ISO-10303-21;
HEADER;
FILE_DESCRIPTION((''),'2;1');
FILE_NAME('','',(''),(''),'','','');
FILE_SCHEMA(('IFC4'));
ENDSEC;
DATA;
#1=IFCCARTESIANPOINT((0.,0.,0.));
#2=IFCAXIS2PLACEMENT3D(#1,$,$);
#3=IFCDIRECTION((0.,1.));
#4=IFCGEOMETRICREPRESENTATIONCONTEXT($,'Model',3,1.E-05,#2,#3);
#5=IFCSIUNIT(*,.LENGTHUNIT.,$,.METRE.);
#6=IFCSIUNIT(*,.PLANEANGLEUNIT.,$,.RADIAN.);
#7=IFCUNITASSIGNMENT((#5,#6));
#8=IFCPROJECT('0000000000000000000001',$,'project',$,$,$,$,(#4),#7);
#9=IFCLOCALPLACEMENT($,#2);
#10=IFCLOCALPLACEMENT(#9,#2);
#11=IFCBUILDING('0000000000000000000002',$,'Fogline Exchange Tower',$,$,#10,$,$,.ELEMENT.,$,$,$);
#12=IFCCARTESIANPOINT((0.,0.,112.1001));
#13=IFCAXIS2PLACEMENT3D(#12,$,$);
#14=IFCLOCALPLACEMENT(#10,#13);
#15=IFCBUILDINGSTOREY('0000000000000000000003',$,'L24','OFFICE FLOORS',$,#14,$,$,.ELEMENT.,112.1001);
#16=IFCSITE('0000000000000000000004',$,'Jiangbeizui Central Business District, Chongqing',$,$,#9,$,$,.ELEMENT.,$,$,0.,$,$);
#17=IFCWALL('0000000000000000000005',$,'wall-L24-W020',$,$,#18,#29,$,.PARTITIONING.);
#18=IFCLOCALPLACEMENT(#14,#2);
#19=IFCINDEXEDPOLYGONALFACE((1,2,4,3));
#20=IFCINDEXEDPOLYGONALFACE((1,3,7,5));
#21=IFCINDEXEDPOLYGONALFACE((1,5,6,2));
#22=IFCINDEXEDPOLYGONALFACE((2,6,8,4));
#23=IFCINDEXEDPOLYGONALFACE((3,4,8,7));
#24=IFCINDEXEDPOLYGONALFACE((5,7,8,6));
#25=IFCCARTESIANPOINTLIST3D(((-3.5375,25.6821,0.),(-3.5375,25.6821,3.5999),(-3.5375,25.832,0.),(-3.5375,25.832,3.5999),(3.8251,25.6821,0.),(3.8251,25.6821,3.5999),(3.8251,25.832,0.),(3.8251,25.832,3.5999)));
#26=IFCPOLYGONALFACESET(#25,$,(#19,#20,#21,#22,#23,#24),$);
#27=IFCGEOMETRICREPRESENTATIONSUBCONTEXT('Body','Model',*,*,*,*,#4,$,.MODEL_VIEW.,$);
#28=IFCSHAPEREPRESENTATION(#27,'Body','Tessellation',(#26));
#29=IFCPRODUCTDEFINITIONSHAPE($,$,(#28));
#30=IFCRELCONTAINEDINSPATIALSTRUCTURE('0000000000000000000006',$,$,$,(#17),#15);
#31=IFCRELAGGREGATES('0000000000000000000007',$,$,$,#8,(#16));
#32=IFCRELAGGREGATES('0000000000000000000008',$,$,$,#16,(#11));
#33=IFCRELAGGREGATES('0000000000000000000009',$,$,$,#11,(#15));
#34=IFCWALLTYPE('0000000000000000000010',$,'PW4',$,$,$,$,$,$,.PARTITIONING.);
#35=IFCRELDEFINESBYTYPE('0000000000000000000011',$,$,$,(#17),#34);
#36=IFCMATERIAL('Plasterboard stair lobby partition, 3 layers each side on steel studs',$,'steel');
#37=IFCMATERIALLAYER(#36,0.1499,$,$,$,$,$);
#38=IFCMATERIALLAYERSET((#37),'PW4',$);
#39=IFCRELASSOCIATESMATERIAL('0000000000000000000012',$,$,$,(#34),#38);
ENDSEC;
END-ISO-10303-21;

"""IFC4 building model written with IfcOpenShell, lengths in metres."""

from ifc_helpers import new_model, si_unit, direction, frame, frame_2d, origin, place, context, subcontext, project, spatial, rectangle, extrude, material, layer, layer_set, type_object, element, save


model = new_model("IFC4")

# Units and contexts
model_context = context("Model", 3, precision=1e-05, world=origin(), true_north=direction((0.0, 1.0)))
body_context = subcontext(model_context, "Body", "Model", "MODEL_VIEW")
ifc_project = project(units=[si_unit("LENGTHUNIT", "METRE"), si_unit("PLANEANGLEUNIT", "RADIAN")], contexts=[model_context])

# Site, building, storey
site_placement = place(None, origin())
site = spatial("IfcSite", under=ifc_project, at=site_placement, Name="Jiangbeizui Central Business District, Chongqing", CompositionType="ELEMENT", RefElevation=0.0)
building_placement = place(site_placement, origin())
building = spatial("IfcBuilding", under=site, at=building_placement, Name="Fogline Exchange Tower", CompositionType="ELEMENT")
storey_placement = place(building_placement, frame((0.0, 0.0, 112.1001)))
storey = spatial("IfcBuildingStorey", under=building, at=storey_placement, Name="L24", Description="OFFICE FLOORS", CompositionType="ELEMENT", Elevation=112.1001)

# Wall
ifc_material_1 = material(Name="Plasterboard stair lobby partition, 3 layers each side on steel studs", Category="steel")
ifc_layer_1 = layer(ifc_material_1, 0.1499)
ifc_layer_set_1 = layer_set([ifc_layer_1], Name="PW4")
wall_type_1 = type_object("IfcWallType", Name="PW4", PredefinedType="PARTITIONING", material=ifc_layer_set_1)
wall_1_placement = place(storey_placement, frame((3.825, 25.7571, 0.0), z_axis=(0.0, 0.0, 1.0), x_axis=(-1.0, 0.0, 0.0)))
element("IfcWall", 1, at=wall_1_placement, inside=storey, type_object=wall_type_1, Name="wall-L24-W020", PredefinedType="PARTITIONING", context=body_context, shape_type="SweptSolid", body=[
    extrude(rectangle(XDim=7.3625, YDim=0.1499, at=frame_2d((3.6812, 0.0))), origin(), (0.0, 0.0, 1.0), 3.5999),
])

save(model, "model.ifc")
